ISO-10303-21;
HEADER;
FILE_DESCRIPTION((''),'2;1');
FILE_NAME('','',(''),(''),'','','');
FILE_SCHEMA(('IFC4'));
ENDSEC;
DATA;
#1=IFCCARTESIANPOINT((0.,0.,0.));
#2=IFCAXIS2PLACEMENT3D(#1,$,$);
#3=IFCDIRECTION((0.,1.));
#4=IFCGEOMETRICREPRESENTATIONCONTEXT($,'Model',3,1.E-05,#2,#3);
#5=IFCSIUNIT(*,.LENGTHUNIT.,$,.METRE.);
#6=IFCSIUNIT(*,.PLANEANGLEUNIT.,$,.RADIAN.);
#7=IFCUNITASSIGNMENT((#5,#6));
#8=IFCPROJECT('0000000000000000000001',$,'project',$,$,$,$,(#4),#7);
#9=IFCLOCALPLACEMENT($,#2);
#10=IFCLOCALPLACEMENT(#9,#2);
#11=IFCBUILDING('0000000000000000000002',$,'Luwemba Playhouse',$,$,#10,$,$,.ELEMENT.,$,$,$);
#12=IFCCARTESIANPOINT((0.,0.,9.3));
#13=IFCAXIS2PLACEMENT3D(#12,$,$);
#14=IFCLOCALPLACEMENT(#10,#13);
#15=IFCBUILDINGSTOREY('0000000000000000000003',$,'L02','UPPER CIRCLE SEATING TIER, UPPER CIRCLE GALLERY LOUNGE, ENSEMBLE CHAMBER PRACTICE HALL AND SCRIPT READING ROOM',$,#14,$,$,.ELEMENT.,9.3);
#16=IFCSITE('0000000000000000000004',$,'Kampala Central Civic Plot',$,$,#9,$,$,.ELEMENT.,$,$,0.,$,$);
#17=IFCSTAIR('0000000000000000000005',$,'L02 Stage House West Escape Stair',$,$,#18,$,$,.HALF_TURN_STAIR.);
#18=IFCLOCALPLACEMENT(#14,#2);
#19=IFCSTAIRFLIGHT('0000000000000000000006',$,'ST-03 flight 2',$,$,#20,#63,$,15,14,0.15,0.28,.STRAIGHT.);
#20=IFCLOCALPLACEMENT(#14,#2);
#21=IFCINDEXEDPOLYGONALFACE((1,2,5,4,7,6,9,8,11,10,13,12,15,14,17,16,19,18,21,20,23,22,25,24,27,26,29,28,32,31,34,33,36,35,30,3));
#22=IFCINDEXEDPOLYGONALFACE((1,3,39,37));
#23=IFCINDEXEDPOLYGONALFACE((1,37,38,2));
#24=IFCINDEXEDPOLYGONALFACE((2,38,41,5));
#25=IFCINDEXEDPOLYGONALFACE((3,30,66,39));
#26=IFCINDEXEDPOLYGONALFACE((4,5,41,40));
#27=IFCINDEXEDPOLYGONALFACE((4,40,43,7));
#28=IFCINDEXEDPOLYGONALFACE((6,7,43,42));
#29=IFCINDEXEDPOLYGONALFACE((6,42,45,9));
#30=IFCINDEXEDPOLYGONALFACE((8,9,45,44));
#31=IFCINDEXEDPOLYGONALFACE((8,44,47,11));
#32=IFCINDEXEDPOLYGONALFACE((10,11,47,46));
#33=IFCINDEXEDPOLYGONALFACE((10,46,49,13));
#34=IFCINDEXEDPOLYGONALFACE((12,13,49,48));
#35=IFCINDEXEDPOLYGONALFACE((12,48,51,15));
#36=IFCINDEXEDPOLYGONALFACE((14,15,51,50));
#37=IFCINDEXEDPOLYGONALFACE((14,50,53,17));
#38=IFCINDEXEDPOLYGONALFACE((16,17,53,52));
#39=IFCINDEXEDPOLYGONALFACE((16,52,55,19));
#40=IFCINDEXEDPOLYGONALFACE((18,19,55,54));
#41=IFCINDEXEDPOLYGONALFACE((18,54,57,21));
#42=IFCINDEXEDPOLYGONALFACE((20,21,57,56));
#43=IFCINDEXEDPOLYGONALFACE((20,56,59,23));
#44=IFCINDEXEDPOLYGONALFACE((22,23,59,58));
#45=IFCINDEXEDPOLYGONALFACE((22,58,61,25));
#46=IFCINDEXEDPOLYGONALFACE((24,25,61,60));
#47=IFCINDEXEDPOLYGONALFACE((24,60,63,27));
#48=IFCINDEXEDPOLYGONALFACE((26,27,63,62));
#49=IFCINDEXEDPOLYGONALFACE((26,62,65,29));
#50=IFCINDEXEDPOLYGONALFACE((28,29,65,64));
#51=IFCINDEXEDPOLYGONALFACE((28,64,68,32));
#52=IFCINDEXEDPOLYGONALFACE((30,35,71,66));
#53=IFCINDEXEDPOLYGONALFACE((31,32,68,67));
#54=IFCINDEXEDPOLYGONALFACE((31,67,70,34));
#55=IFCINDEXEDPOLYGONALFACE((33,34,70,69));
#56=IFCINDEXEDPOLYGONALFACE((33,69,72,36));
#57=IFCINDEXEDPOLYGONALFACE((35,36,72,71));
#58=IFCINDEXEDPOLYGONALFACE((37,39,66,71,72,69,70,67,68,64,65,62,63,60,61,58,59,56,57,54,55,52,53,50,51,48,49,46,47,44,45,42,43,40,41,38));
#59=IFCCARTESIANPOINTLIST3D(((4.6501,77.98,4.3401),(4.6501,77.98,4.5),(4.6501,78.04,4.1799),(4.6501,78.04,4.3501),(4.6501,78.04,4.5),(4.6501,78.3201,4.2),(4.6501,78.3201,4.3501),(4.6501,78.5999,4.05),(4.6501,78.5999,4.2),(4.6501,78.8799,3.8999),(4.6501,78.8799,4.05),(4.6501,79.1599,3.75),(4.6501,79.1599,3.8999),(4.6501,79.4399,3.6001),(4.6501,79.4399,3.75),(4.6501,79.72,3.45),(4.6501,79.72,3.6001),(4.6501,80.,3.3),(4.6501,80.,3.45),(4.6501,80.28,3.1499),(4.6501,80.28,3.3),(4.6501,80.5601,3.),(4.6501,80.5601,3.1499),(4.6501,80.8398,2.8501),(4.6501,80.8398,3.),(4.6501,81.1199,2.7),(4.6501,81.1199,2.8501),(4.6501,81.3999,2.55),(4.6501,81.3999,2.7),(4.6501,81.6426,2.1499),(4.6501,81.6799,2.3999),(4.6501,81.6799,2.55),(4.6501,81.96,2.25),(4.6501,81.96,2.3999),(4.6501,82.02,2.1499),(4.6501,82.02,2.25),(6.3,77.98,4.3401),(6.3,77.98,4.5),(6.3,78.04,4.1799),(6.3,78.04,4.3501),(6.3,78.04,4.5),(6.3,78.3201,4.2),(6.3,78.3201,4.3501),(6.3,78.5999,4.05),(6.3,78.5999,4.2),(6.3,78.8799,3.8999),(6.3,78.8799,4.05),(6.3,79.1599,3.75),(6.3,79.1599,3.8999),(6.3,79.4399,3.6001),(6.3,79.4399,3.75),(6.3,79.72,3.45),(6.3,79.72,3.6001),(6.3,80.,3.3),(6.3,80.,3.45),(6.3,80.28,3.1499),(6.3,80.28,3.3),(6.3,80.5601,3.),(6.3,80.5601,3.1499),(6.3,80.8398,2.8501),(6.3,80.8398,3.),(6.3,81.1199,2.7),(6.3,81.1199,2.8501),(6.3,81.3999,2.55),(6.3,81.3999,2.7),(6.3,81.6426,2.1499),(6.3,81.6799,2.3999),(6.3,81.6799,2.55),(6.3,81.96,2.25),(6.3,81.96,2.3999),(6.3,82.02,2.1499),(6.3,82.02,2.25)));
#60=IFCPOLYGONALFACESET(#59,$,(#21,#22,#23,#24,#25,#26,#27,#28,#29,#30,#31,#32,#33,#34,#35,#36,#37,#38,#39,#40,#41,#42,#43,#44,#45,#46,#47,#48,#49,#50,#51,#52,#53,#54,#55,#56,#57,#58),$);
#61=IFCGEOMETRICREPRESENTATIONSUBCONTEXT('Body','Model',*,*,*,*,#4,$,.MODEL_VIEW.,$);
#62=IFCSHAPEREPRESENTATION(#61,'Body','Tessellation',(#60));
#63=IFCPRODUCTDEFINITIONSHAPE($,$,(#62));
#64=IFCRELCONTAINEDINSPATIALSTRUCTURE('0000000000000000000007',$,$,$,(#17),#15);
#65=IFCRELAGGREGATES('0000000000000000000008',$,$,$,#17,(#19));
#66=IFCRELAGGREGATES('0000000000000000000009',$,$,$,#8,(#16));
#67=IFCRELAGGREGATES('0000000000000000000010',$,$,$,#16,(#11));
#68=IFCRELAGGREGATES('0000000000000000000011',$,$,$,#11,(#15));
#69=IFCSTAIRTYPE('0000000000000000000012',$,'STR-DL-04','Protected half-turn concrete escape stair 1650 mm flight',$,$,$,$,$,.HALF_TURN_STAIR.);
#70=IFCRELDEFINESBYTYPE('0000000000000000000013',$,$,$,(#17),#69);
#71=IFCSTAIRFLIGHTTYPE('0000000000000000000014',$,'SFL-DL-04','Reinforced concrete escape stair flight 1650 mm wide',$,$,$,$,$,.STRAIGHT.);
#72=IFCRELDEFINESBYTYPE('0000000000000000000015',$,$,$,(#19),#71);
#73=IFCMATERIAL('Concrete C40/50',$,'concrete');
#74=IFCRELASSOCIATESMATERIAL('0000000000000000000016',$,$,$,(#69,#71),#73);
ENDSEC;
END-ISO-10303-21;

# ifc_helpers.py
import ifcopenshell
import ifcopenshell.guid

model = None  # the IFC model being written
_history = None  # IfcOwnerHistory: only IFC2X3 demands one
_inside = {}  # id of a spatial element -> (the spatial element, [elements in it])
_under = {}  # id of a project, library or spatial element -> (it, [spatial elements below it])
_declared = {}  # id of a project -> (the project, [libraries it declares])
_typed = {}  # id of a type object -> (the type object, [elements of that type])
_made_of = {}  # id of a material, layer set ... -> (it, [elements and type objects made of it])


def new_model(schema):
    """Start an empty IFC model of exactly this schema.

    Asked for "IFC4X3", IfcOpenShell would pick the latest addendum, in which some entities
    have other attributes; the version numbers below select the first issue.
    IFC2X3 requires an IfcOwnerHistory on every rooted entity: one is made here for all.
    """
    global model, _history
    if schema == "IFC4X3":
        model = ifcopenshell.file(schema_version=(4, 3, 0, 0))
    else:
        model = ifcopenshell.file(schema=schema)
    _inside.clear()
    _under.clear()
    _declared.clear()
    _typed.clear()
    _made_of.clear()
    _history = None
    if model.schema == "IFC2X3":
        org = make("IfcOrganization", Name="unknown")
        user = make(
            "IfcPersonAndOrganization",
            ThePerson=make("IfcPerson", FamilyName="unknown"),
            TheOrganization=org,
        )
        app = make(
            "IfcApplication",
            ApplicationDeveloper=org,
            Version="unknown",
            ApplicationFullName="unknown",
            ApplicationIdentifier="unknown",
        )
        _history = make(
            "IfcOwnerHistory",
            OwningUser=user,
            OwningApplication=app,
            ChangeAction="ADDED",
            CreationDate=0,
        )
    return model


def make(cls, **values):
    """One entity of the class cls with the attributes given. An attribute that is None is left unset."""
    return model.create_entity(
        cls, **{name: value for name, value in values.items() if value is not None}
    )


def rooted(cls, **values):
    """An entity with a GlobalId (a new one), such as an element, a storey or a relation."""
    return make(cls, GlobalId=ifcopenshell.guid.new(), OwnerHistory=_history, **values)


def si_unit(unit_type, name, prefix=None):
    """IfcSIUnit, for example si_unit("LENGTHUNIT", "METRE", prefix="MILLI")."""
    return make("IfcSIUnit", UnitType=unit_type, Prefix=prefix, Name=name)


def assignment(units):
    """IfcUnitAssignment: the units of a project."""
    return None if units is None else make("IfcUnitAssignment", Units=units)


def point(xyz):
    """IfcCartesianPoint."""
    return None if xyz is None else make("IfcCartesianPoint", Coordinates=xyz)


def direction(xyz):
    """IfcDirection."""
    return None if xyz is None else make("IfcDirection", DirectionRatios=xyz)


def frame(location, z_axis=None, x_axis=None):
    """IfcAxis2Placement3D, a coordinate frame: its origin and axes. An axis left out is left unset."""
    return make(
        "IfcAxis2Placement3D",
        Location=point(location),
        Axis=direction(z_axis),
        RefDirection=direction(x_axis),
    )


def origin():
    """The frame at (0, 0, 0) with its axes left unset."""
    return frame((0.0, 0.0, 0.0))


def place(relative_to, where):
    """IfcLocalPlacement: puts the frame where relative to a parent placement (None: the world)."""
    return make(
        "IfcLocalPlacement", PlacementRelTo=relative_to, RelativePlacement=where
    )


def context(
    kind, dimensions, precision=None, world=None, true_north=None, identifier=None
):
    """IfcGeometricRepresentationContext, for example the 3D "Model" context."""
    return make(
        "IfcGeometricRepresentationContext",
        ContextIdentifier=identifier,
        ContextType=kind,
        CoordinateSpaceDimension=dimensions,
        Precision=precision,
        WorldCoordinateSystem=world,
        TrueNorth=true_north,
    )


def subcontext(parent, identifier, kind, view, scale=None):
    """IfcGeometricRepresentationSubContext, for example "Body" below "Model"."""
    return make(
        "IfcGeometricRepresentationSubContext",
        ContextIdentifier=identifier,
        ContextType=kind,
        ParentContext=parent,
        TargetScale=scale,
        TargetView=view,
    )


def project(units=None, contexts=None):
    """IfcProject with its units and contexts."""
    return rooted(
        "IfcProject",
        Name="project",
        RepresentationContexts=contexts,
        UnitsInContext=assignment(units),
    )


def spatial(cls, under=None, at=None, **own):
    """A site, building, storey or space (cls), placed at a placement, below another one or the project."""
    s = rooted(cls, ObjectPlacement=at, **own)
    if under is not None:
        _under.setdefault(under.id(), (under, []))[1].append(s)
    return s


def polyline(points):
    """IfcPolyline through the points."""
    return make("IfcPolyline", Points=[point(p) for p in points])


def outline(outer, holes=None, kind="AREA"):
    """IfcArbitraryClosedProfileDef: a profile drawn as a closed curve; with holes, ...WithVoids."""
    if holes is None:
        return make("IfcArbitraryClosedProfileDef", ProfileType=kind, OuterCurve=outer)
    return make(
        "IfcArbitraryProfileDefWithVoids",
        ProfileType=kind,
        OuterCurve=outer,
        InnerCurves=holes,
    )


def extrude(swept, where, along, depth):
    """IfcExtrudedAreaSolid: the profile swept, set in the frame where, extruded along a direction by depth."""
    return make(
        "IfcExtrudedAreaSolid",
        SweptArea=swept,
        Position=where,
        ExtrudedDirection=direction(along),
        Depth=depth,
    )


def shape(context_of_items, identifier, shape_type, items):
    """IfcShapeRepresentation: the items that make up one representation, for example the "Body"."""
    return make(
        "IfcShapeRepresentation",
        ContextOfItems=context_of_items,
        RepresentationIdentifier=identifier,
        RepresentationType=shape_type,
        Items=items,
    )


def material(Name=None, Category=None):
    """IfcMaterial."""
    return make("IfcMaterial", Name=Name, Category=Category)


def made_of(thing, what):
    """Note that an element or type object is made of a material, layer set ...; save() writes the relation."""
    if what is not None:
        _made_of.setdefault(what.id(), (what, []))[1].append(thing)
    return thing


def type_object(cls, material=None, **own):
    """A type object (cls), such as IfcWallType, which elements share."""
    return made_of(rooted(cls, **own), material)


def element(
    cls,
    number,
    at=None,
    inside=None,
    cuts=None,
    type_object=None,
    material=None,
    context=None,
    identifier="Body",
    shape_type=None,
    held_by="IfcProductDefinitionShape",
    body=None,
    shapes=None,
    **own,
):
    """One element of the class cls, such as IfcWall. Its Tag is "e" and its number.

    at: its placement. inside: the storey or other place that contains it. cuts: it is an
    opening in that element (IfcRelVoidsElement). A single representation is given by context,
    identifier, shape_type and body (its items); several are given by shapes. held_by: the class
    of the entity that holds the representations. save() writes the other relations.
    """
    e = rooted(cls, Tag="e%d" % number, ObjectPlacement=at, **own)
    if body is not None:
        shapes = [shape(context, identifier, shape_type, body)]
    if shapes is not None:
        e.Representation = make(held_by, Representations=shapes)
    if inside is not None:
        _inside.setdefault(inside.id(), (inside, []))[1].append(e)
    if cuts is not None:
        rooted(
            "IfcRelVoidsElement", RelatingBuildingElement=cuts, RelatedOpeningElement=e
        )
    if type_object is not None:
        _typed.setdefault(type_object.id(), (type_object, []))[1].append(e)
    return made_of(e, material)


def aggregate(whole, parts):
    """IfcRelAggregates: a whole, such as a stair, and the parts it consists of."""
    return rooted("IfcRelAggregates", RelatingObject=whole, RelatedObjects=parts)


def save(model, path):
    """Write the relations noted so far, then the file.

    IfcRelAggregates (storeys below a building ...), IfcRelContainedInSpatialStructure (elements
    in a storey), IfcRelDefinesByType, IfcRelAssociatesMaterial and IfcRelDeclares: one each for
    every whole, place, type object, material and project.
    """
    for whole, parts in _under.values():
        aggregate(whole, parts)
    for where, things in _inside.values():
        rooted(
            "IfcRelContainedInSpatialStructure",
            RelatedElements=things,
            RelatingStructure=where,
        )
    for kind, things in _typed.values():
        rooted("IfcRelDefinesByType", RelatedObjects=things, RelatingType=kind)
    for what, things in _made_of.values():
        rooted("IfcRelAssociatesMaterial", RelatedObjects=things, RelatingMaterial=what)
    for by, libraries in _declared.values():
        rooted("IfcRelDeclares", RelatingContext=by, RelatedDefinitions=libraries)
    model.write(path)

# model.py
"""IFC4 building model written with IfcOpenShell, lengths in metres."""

from ifc_helpers import new_model, si_unit, direction, frame, origin, place, context, subcontext, project, spatial, polyline, outline, extrude, material, type_object, element, aggregate, save


model = new_model("IFC4")

# Units and contexts
model_context = context("Model", 3, precision=1e-05, world=origin(), true_north=direction((0.0, 1.0)))
body_context = subcontext(model_context, "Body", "Model", "MODEL_VIEW")
ifc_project = project(units=[si_unit("LENGTHUNIT", "METRE"), si_unit("PLANEANGLEUNIT", "RADIAN")], contexts=[model_context])

# Site, building, storey
site_placement = place(None, origin())
site = spatial("IfcSite", under=ifc_project, at=site_placement, Name="Kampala Central Civic Plot", CompositionType="ELEMENT", RefElevation=0.0)
building_placement = place(site_placement, origin())
building = spatial("IfcBuilding", under=site, at=building_placement, Name="Luwemba Playhouse", CompositionType="ELEMENT")
storey_placement = place(building_placement, frame((0.0, 0.0, 9.3)))
storey = spatial("IfcBuildingStorey", under=building, at=storey_placement, Name="L02", Description="UPPER CIRCLE SEATING TIER, UPPER CIRCLE GALLERY LOUNGE, ENSEMBLE CHAMBER PRACTICE HALL AND SCRIPT READING ROOM", CompositionType="ELEMENT", Elevation=9.3)

# Shared definitions
ifc_material_1 = material(Name="Concrete C40/50", Category="concrete")

# Stair, stair flight
stair_type = type_object("IfcStairType", Name="STR-DL-04", Description="Protected half-turn concrete escape stair 1650 mm flight", PredefinedType="HALF_TURN_STAIR", material=ifc_material_1)
stair_placement = place(storey_placement, origin())
stair = element("IfcStair", 1, at=stair_placement, inside=storey, type_object=stair_type, Name="L02 Stage House West Escape Stair", PredefinedType="HALF_TURN_STAIR")
stair_flight_type = type_object("IfcStairFlightType", Name="SFL-DL-04", Description="Reinforced concrete escape stair flight 1650 mm wide", PredefinedType="STRAIGHT", material=ifc_material_1)
stair_flight_1_placement = place(storey_placement, frame((5.4751, 81.96, 2.25), z_axis=(0.0, 0.0, 1.0), x_axis=(0.0, -1.0, 0.0)))
stair_flight_1 = element("IfcStairFlight", 2, at=stair_flight_1_placement, type_object=stair_flight_type, Name="ST-03 flight 2", NumberOfRisers=15, NumberOfTreads=14, PredefinedType="STRAIGHT", RiserHeight=0.15, TreadLength=0.28, context=body_context, shape_type="SweptSolid", body=[
    extrude(outline(polyline([(-0.0601, -0.1001), (-0.0601, 0.0), (0.0, 0.0), (0.0, 0.1499), (0.28, 0.1499), (0.28, 0.3), (0.5601, 0.3), (0.5601, 0.45), (0.8401, 0.45), (0.8401, 0.6001), (1.1201, 0.6001), (1.1201, 0.75), (1.3999, 0.75), (1.3999, 0.8999), (1.6799, 0.8999), (1.6799, 1.05), (1.96, 1.05), (1.96, 1.2), (2.24, 1.2), (2.24, 1.3501), (2.52, 1.3501), (2.52, 1.5), (2.8, 1.5), (2.8, 1.6499), (3.0801, 1.6499), (3.0801, 1.8), (3.3601, 1.8), (3.3601, 1.95), (3.6399, 1.95), (3.6399, 2.1001), (3.9199, 2.1001), (3.9199, 2.25), (3.98, 2.25), (3.98, 2.0901), (3.9199, 1.9299), (0.3174, -0.1001), (-0.0601, -0.1001)])), frame((0.0, 0.825, 0.0), z_axis=(0.0, -1.0, 0.0), x_axis=(1.0, 0.0, 0.0)), (0.0, 0.0, 1.0), 1.6499),
])
aggregate(stair, [stair_flight_1])

save(model, "model.ifc")
